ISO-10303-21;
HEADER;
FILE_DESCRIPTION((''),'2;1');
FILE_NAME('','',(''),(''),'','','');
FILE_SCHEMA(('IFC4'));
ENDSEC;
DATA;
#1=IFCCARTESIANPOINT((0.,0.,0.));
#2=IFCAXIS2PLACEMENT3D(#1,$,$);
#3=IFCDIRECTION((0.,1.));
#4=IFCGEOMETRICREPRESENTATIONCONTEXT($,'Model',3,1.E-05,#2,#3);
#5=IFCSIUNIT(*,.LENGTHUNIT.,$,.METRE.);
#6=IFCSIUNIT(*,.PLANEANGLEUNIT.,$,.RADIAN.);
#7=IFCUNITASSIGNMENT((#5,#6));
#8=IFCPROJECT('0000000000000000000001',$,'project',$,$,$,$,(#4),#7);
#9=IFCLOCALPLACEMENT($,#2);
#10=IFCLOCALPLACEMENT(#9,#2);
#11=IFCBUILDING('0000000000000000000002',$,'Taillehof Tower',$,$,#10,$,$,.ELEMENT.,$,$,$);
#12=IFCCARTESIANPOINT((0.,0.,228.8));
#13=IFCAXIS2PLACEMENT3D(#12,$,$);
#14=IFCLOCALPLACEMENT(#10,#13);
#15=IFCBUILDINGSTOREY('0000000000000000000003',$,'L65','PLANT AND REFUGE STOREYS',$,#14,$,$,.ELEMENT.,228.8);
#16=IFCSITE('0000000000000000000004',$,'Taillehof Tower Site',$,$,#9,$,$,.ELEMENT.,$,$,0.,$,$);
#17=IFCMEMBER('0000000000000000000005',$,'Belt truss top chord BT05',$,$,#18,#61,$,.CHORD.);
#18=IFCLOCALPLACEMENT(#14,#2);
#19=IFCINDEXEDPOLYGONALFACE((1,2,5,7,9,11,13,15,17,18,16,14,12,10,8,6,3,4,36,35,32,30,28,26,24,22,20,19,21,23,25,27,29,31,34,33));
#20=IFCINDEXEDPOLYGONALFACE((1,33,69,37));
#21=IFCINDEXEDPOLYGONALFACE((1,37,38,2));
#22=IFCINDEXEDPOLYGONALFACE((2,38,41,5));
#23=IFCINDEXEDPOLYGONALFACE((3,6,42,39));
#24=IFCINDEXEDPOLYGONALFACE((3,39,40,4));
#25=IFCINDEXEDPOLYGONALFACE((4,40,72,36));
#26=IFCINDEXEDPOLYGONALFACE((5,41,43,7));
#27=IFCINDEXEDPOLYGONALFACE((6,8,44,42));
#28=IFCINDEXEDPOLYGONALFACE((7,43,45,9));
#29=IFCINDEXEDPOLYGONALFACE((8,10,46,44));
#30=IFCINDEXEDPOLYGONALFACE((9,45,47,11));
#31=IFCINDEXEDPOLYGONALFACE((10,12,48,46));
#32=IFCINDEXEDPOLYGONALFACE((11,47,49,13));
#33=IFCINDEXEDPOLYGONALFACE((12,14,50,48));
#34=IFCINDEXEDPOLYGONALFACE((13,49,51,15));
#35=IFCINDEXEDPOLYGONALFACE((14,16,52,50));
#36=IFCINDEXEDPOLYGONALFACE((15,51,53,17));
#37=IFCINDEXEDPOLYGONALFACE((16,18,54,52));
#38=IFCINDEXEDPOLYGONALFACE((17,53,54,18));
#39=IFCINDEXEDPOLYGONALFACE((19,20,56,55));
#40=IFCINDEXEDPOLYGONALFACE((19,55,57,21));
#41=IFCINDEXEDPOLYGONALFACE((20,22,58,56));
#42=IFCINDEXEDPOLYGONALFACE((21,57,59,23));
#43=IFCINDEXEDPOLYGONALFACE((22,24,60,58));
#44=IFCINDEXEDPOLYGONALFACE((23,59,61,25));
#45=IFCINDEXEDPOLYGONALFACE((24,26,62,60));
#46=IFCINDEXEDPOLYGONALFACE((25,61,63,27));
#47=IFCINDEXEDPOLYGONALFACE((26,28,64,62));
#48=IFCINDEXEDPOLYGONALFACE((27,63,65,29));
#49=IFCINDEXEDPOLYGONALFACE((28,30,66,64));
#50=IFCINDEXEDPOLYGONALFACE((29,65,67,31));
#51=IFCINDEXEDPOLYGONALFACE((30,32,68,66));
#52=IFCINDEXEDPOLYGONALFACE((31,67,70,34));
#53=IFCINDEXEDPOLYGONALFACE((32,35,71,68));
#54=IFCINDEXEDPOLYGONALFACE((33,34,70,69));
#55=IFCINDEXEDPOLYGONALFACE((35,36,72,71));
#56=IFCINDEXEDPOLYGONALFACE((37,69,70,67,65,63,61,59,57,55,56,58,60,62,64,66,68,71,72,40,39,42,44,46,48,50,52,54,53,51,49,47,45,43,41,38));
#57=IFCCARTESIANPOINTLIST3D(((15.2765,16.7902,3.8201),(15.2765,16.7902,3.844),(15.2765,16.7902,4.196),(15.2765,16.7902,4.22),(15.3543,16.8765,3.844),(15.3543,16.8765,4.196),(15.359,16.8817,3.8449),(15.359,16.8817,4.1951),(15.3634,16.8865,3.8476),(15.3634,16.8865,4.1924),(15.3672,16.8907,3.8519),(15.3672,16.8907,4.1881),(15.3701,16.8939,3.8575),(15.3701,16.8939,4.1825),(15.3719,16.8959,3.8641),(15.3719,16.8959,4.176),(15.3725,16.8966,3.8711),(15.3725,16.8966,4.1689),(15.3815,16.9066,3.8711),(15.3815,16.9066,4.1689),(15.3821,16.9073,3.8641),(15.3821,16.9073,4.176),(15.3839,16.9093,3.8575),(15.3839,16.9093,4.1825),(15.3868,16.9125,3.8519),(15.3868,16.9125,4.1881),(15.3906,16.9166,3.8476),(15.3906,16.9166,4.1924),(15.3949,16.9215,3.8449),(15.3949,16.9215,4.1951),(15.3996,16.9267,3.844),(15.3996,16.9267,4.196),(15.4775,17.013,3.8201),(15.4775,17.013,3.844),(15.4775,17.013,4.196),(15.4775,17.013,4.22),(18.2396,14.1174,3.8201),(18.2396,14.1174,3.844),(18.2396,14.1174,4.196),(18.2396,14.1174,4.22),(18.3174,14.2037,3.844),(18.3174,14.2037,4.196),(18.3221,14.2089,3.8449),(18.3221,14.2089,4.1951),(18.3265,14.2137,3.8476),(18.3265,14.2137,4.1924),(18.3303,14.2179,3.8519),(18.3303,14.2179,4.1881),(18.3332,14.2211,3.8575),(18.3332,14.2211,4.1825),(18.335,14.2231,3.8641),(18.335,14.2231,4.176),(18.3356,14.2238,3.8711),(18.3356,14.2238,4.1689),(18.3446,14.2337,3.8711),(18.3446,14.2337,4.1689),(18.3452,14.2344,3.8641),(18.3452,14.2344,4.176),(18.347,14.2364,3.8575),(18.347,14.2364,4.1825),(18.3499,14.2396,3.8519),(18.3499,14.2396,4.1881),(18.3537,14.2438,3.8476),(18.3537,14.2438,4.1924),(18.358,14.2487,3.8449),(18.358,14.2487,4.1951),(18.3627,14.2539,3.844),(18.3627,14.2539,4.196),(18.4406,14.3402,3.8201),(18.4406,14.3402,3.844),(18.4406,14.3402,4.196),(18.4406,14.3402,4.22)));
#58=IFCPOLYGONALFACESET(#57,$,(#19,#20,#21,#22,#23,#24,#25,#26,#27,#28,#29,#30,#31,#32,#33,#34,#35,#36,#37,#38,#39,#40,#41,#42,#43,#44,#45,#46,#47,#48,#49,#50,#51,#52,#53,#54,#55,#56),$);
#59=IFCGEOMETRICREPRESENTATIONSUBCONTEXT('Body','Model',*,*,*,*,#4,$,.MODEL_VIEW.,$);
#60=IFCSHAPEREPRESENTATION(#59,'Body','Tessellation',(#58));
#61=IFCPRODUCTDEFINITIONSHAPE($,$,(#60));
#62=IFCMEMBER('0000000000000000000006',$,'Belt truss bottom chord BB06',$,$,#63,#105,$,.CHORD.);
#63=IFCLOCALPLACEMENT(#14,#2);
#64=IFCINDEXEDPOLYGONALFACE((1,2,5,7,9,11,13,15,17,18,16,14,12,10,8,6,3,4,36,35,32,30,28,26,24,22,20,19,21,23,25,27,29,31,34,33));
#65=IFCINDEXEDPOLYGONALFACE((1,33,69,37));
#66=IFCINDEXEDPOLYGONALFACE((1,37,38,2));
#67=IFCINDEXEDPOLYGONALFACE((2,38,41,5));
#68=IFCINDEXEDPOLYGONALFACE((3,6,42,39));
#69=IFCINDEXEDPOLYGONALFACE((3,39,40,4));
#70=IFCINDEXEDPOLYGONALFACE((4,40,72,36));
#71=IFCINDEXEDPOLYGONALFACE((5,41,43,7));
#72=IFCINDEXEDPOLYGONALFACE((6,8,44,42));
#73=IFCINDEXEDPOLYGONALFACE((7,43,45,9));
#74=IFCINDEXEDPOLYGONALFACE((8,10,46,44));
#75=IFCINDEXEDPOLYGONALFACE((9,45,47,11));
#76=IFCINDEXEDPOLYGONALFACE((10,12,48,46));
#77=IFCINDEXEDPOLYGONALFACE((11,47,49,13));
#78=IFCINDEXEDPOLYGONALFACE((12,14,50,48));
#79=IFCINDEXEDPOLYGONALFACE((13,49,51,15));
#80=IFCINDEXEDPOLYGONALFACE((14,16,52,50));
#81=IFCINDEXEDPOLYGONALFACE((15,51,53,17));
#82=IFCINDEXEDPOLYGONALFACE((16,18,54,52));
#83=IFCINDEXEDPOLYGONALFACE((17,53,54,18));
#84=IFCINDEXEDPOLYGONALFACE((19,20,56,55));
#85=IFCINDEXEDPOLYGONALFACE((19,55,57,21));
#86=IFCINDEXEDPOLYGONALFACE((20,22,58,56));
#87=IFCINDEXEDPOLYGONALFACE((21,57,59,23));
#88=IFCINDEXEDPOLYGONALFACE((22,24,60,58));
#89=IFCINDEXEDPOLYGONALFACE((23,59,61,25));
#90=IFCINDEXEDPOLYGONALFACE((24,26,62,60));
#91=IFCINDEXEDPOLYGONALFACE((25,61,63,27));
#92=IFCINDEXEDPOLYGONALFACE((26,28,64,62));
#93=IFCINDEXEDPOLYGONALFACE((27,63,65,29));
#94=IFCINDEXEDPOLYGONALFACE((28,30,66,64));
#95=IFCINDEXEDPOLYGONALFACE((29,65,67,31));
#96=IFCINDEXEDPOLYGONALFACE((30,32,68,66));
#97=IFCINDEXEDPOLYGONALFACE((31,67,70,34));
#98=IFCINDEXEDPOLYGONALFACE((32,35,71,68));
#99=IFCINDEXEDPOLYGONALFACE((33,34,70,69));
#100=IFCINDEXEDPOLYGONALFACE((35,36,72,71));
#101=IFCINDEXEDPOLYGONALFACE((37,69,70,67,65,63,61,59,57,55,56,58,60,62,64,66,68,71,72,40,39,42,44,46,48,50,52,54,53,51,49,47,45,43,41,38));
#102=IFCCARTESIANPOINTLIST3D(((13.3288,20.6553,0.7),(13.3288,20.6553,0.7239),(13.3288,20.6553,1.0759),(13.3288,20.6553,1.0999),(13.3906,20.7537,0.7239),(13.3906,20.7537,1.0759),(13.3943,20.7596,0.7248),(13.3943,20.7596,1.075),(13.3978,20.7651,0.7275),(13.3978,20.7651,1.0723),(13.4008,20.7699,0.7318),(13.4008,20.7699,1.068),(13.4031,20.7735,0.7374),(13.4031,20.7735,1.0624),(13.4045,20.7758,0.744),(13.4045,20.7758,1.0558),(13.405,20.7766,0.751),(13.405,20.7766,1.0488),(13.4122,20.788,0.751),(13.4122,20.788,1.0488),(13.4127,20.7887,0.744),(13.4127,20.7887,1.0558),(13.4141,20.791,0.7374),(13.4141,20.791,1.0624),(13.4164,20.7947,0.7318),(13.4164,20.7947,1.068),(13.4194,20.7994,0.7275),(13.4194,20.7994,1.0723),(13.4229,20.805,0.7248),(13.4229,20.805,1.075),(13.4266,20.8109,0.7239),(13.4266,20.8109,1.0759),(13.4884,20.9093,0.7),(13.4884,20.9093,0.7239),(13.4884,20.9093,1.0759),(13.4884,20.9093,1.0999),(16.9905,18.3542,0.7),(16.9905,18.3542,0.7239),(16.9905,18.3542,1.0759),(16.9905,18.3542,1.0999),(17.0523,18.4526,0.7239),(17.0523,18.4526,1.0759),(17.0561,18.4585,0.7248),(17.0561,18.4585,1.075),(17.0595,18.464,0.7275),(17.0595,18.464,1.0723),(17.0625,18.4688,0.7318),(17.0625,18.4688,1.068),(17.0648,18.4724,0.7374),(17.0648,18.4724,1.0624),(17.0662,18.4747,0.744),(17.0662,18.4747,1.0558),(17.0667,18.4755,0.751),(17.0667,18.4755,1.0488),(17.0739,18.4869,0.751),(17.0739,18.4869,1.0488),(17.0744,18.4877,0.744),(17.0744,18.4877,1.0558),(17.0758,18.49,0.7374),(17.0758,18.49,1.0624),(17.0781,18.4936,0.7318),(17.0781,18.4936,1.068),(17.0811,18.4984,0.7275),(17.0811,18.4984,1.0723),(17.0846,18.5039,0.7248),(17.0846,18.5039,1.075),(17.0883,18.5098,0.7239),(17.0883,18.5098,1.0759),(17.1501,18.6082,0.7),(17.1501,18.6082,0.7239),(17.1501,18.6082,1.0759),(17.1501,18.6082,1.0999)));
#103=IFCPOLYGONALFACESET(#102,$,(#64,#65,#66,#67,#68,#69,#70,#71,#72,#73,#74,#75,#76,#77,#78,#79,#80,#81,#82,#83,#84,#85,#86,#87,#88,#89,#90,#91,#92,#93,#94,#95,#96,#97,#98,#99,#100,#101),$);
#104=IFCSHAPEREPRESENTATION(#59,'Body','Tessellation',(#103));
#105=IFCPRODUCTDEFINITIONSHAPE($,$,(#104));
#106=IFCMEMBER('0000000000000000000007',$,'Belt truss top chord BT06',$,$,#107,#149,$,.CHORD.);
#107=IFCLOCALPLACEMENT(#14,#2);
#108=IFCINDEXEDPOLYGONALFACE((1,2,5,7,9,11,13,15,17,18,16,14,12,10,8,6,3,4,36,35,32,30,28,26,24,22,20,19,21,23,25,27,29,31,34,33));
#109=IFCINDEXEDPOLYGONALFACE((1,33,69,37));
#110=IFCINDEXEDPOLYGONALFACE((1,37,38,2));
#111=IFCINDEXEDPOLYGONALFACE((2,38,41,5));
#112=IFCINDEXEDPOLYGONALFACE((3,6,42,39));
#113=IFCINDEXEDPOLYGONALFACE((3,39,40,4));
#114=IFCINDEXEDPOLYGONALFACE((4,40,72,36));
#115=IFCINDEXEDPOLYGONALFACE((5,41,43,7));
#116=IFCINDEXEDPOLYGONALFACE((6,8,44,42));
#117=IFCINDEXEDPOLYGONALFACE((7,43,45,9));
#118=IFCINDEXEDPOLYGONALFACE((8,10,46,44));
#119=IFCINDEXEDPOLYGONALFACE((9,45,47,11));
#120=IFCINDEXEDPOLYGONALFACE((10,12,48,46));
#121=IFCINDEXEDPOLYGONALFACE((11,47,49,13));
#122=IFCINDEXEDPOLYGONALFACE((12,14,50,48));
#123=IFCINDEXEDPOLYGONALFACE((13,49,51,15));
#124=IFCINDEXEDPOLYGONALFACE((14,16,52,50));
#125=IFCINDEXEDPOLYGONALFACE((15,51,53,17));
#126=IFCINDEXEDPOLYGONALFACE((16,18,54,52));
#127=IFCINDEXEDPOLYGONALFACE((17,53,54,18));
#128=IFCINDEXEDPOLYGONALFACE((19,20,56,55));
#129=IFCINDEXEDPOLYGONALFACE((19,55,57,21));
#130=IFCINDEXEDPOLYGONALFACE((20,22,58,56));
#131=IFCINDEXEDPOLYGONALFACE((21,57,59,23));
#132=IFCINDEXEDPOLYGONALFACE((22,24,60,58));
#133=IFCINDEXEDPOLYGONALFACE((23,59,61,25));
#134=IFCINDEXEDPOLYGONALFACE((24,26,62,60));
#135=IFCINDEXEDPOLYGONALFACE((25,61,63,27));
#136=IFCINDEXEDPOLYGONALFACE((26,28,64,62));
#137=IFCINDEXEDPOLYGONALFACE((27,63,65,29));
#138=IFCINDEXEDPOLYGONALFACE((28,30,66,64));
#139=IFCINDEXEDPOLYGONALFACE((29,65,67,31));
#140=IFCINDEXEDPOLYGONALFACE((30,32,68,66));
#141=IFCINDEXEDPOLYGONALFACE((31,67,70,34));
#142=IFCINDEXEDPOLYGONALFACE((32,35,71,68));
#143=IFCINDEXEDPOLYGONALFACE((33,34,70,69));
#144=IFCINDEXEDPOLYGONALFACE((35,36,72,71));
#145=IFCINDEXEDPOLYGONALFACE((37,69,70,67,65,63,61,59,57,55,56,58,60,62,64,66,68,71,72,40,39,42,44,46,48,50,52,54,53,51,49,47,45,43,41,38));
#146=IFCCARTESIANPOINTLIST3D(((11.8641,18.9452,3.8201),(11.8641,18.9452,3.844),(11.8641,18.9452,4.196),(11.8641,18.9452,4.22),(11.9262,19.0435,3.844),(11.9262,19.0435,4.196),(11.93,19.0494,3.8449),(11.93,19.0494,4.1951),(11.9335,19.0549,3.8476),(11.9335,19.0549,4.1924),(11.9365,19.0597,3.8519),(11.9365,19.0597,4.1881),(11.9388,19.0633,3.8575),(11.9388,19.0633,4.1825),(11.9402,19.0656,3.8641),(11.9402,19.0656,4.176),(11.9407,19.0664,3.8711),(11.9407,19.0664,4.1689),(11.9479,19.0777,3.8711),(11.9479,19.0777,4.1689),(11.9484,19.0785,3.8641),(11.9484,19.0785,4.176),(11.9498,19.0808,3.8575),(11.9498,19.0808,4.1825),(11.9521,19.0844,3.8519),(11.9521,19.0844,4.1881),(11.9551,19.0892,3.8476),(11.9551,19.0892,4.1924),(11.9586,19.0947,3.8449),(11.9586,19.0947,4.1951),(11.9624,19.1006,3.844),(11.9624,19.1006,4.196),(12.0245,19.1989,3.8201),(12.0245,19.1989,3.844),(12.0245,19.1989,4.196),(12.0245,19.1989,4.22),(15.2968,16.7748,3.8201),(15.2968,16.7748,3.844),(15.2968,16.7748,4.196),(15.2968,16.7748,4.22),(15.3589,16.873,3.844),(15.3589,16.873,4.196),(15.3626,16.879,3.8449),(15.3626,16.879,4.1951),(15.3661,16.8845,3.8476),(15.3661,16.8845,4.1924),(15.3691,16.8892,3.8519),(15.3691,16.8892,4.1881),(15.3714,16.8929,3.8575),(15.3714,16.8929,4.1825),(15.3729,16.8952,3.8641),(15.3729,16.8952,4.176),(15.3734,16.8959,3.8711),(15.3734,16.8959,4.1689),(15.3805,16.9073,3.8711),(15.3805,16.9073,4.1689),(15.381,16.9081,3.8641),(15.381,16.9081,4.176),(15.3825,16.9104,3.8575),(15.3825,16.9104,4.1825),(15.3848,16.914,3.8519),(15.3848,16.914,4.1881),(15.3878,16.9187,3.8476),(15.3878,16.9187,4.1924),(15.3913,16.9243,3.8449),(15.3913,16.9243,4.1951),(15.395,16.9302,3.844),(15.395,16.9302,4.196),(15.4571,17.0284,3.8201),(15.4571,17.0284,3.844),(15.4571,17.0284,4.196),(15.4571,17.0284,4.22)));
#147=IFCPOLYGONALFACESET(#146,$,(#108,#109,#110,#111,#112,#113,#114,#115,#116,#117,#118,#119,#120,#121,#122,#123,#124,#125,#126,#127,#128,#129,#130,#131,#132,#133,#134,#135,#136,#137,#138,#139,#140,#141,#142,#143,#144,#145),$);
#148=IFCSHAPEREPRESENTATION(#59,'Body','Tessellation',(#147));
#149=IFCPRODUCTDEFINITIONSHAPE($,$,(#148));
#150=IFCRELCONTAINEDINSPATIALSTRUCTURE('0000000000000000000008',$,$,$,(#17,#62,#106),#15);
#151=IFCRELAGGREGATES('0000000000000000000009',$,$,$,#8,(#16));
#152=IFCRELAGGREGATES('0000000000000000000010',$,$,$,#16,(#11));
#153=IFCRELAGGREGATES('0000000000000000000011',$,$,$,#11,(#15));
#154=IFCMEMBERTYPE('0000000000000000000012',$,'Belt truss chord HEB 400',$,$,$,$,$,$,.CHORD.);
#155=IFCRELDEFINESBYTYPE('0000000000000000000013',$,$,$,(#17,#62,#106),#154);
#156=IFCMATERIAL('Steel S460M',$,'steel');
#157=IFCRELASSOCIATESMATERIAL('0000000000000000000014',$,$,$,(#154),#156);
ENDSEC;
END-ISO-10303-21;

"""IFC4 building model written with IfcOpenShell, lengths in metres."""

from ifc_helpers import new_model, si_unit, direction, frame, origin, origin_2d, place, context, subcontext, project, spatial, i_section, extrude, material, material_profile, profile_set, type_object, element, save


model = new_model("IFC4")

# Units and contexts
model_context = context("Model", 3, precision=1e-05, world=origin(), true_north=direction((0.0, 1.0)))
body_context = subcontext(model_context, "Body", "Model", "MODEL_VIEW")
ifc_project = project(units=[si_unit("LENGTHUNIT", "METRE"), si_unit("PLANEANGLEUNIT", "RADIAN")], contexts=[model_context])

# Site, building, storey
site_placement = place(None, origin())
site = spatial("IfcSite", under=ifc_project, at=site_placement, Name="Taillehof Tower Site", CompositionType="ELEMENT", RefElevation=0.0)
building_placement = place(site_placement, origin())
building = spatial("IfcBuilding", under=site, at=building_placement, Name="Taillehof Tower", CompositionType="ELEMENT")
storey_placement = place(building_placement, frame((0.0, 0.0, 228.8)))
storey = spatial("IfcBuildingStorey", under=building, at=storey_placement, Name="L65", Description="PLANT AND REFUGE STOREYS", CompositionType="ELEMENT", Elevation=228.8)

# Members
ifc_material_1 = material(Name="Steel S460M", Category="steel")
ifc_material_profile_1 = material_profile(ifc_material_1, i_section(OverallWidth=0.3, OverallDepth=0.3999, WebThickness=0.0134, FlangeThickness=0.0239, FilletRadius=0.0271, at=origin_2d()), Name="HEB 400")
ifc_profile_set_1 = profile_set([ifc_material_profile_1], Name="Steel S460M")
member_type_1 = type_object("IfcMemberType", Name="Belt truss chord HEB 400", PredefinedType="CHORD", material=ifc_profile_set_1)
member_1_placement = place(storey_placement, frame((18.3401, 14.2288, 4.02), z_axis=(-0.742542, 0.669799, 0.0), x_axis=(-0.669799, -0.742542, 0.0)))
element("IfcMember", 1, at=member_1_placement, inside=storey, type_object=member_type_1, Name="Belt truss top chord BT05", PredefinedType="CHORD", context=body_context, shape_type="SweptSolid", body=[
    extrude(i_section(OverallWidth=0.3, OverallDepth=0.3999, WebThickness=0.0134, FlangeThickness=0.0239, FilletRadius=0.0271, at=origin_2d()), origin(), (0.0, 0.0, 1.0), 3.9905),
])
member_2_placement = place(storey_placement, frame((17.0703, 18.4812, 0.8999), z_axis=(-0.846695, 0.532078, 0.0), x_axis=(-0.532078, -0.846695, 0.0)))
element("IfcMember", 2, at=member_2_placement, inside=storey, type_object=member_type_1, Name="Belt truss bottom chord BB06", PredefinedType="CHORD", context=body_context, shape_type="SweptSolid", body=[
    extrude(i_section(OverallWidth=0.3, OverallDepth=0.3999, WebThickness=0.0134, FlangeThickness=0.0239, FilletRadius=0.0271, at=origin_2d()), origin(), (0.0, 0.0, 1.0), 4.3247),
])
member_3_placement = place(storey_placement, frame((15.377, 16.9016, 4.02), z_axis=(-0.845217, 0.534423, 0.0), x_axis=(-0.534423, -0.845217, 0.0)))
element("IfcMember", 3, at=member_3_placement, inside=storey, type_object=member_type_1, Name="Belt truss top chord BT06", PredefinedType="CHORD", context=body_context, shape_type="SweptSolid", body=[
    extrude(i_section(OverallWidth=0.3, OverallDepth=0.3999, WebThickness=0.0134, FlangeThickness=0.0239, FilletRadius=0.0271, at=origin_2d()), origin(), (0.0, 0.0, 1.0), 4.0613),
])

save(model, "model.ifc")
